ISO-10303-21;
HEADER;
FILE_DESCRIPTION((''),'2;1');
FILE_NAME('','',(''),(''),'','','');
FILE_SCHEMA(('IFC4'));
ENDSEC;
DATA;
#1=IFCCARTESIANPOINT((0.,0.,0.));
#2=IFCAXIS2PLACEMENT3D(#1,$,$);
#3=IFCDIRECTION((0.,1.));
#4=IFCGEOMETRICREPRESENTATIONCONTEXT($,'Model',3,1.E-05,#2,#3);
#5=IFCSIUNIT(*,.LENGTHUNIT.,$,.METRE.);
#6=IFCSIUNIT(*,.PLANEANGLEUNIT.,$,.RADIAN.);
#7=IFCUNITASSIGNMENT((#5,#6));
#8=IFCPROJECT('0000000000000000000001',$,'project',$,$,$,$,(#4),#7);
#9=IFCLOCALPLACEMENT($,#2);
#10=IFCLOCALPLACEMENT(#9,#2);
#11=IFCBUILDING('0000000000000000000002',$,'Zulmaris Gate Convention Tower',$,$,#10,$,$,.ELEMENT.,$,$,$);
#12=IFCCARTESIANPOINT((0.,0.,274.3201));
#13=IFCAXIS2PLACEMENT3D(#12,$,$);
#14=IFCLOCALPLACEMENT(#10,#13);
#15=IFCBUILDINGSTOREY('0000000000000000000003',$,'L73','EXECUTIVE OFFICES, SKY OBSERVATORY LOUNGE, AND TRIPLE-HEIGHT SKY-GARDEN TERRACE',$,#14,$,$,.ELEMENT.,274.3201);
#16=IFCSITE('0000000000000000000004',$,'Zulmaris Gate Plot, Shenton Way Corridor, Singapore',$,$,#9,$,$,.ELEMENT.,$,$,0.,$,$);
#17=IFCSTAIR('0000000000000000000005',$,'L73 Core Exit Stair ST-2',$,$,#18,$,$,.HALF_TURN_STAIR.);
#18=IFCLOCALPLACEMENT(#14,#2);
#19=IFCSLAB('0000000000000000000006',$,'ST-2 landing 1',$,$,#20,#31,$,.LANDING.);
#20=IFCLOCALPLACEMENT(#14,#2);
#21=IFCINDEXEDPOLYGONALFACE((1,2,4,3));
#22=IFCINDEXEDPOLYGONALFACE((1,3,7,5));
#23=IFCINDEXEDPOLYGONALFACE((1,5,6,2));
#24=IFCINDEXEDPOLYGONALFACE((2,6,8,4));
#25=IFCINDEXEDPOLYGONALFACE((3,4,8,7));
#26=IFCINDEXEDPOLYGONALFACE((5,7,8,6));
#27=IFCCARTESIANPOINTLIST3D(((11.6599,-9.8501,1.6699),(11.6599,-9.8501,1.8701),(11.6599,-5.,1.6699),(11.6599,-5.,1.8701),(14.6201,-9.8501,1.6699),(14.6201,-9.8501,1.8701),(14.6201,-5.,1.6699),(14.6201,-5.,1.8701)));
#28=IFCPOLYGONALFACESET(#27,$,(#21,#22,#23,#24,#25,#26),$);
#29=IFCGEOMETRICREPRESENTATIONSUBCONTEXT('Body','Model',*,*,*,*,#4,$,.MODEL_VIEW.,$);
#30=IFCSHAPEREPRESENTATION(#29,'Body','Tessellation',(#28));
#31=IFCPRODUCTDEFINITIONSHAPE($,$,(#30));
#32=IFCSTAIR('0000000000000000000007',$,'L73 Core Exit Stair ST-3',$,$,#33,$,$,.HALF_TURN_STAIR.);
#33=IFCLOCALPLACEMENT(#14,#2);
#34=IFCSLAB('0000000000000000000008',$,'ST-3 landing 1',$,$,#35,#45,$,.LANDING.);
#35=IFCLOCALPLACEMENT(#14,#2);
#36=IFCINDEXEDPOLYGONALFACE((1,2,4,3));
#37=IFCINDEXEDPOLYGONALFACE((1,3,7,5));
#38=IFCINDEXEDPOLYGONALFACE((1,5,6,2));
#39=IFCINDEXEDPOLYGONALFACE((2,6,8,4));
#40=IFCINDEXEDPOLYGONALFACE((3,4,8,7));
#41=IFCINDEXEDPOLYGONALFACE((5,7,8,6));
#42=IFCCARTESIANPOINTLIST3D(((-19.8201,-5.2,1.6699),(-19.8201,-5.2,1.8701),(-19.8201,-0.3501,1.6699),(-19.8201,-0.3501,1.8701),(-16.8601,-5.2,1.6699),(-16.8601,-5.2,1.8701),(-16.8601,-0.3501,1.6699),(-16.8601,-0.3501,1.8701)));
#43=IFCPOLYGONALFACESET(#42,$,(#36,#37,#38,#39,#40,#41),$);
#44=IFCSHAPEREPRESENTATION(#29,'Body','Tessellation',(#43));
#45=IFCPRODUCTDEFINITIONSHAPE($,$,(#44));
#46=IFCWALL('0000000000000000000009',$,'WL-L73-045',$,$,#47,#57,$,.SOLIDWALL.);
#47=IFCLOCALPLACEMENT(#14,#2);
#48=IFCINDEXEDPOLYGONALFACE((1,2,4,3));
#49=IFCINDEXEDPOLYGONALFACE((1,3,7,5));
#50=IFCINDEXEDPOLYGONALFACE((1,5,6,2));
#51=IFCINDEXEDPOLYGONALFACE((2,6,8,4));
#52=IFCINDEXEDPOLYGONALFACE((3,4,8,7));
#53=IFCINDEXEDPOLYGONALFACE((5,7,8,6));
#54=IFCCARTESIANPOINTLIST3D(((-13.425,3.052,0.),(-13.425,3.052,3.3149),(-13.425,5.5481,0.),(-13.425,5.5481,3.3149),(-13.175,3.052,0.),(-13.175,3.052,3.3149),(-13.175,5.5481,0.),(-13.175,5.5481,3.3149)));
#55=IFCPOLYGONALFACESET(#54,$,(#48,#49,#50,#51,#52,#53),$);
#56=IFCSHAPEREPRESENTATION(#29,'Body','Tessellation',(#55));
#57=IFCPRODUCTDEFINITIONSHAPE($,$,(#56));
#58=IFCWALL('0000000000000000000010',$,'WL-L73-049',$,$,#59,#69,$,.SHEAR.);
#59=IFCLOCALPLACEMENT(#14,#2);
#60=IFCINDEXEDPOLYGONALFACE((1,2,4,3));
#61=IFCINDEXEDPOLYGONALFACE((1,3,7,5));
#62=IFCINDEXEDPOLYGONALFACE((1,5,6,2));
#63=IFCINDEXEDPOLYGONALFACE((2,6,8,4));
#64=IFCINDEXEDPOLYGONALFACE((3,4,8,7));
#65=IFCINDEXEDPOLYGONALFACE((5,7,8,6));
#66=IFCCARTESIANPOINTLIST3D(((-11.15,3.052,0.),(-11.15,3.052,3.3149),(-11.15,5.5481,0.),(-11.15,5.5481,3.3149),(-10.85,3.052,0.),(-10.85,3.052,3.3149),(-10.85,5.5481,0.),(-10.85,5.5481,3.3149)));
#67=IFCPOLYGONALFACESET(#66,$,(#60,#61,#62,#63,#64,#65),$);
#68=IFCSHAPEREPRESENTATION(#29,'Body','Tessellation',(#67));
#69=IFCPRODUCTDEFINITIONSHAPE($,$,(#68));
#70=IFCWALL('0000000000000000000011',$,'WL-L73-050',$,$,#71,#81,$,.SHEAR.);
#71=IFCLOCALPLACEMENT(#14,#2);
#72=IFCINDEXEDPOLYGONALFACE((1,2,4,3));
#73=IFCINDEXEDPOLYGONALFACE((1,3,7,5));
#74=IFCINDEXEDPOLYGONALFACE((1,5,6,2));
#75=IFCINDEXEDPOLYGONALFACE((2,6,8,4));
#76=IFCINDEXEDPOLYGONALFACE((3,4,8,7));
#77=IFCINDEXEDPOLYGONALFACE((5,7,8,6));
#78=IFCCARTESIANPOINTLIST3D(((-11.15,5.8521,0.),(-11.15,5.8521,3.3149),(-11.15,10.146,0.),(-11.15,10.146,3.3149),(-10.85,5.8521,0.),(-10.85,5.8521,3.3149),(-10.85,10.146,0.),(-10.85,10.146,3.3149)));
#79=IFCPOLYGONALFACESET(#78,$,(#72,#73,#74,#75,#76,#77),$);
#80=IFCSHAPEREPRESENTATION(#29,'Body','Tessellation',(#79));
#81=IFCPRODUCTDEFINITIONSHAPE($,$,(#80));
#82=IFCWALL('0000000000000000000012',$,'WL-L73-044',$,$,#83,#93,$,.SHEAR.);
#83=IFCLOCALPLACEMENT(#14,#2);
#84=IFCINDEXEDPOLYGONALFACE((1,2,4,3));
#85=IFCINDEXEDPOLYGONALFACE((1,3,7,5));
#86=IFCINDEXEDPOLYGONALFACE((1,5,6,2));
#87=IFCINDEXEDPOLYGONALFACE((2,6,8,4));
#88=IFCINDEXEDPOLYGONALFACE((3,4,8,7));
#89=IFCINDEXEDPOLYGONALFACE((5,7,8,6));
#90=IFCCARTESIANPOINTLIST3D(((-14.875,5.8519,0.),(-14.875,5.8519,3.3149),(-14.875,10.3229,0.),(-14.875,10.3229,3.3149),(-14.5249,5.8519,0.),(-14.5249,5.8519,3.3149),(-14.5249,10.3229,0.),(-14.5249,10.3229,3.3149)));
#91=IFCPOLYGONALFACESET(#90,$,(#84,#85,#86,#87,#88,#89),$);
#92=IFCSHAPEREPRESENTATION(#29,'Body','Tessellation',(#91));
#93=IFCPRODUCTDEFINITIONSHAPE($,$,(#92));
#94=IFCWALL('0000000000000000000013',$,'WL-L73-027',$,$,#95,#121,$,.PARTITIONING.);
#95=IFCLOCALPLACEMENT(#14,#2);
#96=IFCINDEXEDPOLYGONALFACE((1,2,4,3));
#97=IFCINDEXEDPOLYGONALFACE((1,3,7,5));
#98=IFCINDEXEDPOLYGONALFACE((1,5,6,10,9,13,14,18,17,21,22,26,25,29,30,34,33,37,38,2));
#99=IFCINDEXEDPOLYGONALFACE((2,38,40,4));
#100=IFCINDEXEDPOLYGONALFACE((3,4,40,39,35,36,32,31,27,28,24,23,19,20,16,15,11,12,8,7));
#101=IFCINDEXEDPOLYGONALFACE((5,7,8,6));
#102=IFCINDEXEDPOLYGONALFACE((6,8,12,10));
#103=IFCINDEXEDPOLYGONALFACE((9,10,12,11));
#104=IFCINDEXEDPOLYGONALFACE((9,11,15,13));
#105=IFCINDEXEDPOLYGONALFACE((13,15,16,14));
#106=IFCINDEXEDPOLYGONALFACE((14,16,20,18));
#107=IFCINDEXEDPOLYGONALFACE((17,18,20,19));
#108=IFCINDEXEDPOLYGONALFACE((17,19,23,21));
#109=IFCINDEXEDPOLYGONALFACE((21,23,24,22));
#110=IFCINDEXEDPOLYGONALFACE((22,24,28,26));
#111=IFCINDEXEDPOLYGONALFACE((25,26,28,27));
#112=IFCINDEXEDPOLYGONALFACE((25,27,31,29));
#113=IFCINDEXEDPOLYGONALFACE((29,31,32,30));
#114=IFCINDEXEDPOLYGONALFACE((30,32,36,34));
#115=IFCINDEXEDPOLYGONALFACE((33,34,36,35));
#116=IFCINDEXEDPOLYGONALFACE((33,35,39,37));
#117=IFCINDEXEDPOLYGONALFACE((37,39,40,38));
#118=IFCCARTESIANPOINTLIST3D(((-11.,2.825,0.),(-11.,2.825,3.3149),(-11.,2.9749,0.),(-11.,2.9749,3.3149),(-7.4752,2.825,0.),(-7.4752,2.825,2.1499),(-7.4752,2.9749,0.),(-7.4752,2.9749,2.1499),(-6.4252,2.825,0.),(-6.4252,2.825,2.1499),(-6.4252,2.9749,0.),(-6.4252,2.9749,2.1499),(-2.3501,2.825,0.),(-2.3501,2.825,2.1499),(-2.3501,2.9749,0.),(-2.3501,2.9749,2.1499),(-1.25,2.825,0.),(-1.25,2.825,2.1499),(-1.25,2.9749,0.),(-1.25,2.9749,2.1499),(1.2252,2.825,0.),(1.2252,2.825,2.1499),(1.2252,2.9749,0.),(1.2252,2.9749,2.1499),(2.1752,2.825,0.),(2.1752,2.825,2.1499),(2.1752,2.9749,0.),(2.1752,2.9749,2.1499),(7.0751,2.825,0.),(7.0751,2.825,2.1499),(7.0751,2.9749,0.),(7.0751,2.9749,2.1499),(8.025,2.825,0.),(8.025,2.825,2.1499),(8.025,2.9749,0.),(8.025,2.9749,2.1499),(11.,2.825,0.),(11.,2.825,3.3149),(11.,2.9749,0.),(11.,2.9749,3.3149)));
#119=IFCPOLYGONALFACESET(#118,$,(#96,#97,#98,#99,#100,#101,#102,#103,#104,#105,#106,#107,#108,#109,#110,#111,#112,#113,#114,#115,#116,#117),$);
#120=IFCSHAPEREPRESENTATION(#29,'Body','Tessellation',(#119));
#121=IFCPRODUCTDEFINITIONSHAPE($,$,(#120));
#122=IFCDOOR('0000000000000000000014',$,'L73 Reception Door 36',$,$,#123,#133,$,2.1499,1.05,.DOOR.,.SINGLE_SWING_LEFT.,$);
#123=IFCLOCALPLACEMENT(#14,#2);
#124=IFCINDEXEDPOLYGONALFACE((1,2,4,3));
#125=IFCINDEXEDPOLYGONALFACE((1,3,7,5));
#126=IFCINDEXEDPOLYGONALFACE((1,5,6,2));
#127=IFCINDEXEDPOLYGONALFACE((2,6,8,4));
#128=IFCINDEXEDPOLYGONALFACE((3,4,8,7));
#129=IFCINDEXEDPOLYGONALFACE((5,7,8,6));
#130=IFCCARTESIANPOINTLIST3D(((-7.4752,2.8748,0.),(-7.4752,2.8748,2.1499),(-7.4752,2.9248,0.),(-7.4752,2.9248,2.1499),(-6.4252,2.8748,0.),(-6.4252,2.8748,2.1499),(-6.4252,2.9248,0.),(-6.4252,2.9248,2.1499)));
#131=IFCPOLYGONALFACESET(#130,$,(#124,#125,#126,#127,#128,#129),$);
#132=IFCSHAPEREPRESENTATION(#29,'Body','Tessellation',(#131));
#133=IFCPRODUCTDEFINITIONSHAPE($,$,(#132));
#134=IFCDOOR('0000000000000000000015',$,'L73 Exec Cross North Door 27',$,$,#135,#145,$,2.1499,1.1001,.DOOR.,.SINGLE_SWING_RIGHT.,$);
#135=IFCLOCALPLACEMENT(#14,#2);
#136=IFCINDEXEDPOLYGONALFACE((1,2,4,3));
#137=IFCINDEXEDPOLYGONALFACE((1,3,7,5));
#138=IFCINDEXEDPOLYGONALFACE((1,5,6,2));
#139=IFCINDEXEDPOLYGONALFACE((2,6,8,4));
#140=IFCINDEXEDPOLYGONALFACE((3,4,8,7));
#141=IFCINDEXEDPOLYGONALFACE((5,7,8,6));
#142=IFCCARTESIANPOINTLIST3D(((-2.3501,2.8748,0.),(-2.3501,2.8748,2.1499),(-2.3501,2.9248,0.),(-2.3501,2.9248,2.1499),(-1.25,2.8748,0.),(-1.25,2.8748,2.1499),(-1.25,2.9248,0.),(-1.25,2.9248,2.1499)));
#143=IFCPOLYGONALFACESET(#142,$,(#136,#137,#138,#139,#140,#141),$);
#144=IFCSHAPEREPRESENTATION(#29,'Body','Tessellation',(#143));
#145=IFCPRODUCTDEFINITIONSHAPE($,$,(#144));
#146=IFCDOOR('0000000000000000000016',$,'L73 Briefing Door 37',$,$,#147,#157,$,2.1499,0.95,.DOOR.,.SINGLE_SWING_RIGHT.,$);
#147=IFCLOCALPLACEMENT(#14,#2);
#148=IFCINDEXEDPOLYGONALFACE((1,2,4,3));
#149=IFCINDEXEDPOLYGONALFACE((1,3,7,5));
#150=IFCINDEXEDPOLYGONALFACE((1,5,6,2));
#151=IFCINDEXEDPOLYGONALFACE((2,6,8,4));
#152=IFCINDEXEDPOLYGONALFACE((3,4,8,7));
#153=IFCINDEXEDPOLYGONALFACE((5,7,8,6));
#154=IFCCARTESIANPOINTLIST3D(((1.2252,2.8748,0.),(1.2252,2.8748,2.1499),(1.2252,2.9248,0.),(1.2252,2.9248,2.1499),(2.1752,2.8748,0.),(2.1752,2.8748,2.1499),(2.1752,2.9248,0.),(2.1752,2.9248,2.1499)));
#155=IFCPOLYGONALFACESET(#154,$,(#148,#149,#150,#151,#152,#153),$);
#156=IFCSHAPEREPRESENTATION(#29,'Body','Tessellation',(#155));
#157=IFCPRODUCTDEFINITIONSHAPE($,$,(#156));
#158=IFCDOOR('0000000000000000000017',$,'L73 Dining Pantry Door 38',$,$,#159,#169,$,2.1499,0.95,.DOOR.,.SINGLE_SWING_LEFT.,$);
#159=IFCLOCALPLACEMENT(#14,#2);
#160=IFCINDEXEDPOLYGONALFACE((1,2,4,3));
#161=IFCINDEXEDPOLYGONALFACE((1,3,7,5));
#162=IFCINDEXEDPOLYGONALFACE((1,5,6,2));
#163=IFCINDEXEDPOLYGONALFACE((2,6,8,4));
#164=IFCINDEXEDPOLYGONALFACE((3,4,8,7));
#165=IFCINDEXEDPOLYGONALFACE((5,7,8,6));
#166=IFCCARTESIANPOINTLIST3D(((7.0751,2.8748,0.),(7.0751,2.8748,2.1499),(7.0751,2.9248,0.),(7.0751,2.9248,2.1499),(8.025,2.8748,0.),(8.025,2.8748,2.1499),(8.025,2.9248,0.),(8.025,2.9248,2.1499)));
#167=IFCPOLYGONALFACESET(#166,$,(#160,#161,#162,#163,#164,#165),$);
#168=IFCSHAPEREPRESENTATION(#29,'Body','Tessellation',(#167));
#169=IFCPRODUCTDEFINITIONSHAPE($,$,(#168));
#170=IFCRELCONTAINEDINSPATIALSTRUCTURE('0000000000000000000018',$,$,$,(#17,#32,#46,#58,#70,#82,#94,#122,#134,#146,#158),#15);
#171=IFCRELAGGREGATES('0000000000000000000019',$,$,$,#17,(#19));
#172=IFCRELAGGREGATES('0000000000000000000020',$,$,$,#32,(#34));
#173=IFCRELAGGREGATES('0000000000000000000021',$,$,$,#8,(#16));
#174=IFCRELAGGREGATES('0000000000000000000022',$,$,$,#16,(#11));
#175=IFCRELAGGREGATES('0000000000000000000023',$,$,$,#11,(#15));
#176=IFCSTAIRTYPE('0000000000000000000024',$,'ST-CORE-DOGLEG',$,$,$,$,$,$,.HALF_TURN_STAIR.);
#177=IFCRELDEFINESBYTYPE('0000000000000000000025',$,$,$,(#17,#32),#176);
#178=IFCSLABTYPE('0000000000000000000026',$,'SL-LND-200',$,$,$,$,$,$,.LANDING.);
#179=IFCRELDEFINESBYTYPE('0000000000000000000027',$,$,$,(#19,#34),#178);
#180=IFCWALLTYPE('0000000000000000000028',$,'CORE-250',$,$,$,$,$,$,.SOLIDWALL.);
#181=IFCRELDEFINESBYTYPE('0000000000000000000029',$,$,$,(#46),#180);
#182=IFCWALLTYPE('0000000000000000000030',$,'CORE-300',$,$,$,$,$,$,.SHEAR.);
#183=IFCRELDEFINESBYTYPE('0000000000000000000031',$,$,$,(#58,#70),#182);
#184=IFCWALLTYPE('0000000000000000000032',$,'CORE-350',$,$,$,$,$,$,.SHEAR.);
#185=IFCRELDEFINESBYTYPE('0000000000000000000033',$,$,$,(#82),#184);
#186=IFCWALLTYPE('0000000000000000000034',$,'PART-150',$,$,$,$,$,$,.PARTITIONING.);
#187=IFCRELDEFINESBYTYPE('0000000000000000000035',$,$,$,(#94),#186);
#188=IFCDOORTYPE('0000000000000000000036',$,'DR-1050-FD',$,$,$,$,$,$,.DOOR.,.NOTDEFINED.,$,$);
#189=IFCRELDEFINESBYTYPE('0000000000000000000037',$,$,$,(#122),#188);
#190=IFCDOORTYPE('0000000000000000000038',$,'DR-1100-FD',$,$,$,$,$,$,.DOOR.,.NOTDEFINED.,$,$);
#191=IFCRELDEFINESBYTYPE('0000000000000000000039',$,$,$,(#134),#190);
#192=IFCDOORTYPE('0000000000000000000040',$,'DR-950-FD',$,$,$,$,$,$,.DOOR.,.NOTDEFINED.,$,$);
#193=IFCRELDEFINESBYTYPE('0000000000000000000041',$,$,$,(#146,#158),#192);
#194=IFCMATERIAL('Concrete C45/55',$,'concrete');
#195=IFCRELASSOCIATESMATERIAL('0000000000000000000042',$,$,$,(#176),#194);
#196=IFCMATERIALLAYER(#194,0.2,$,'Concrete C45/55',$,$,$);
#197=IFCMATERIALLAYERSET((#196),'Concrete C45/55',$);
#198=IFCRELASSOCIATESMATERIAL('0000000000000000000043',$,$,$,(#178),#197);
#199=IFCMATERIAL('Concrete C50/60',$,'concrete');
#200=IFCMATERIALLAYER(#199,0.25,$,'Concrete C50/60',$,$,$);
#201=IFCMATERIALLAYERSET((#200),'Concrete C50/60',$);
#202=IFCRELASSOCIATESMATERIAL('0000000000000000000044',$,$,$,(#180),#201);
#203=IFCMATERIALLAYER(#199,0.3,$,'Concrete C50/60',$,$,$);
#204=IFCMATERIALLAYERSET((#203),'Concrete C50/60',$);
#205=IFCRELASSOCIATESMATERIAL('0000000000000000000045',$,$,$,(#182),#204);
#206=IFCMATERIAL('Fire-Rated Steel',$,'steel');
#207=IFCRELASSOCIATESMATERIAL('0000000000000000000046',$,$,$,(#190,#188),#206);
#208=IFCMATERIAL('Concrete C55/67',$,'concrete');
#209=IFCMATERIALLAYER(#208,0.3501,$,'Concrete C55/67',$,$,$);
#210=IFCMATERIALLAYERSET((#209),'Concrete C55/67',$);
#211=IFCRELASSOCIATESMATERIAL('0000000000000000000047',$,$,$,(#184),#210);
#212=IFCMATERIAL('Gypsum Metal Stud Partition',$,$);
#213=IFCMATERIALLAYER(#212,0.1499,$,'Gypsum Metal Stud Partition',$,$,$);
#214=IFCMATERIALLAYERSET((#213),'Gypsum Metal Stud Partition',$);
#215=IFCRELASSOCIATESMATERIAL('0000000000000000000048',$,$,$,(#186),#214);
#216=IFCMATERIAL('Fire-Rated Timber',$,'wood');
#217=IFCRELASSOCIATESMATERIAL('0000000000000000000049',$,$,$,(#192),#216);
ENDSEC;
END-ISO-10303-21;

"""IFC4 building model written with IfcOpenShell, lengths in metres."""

from ifc_helpers import new_model, si_unit, direction, frame, frame_2d, origin, place, context, subcontext, project, spatial, polyline, rectangle, outline, extrude, material, layer, layer_set, type_object, element, fill, aggregate, save


model = new_model("IFC4")

# Units and contexts
model_context = context("Model", 3, precision=1e-05, world=origin(), true_north=direction((0.0, 1.0)))
body_context = subcontext(model_context, "Body", "Model", "MODEL_VIEW")
ifc_project = project(units=[si_unit("LENGTHUNIT", "METRE"), si_unit("PLANEANGLEUNIT", "RADIAN")], contexts=[model_context])

# Site, building, storey
site_placement = place(None, origin())
site = spatial("IfcSite", under=ifc_project, at=site_placement, Name="Zulmaris Gate Plot, Shenton Way Corridor, Singapore", CompositionType="ELEMENT", RefElevation=0.0)
building_placement = place(site_placement, origin())
building = spatial("IfcBuilding", under=site, at=building_placement, Name="Zulmaris Gate Convention Tower", CompositionType="ELEMENT")
storey_placement = place(building_placement, frame((0.0, 0.0, 274.3201)))
storey = spatial("IfcBuildingStorey", under=building, at=storey_placement, Name="L73", Description="EXECUTIVE OFFICES, SKY OBSERVATORY LOUNGE, AND TRIPLE-HEIGHT SKY-GARDEN TERRACE", CompositionType="ELEMENT", Elevation=274.3201)

# Shared definitions
ifc_material_1 = material(Name="Concrete C50/60", Category="concrete")

# Stairs, slabs
ifc_material_2 = material(Name="Concrete C45/55", Category="concrete")
stair_type = type_object("IfcStairType", Name="ST-CORE-DOGLEG", PredefinedType="HALF_TURN_STAIR", material=ifc_material_2)
ifc_layer_1 = layer(ifc_material_2, 0.2, Name="Concrete C45/55")
ifc_layer_set_1 = layer_set([ifc_layer_1], Name="Concrete C45/55")
slab_type_1 = type_object("IfcSlabType", Name="SL-LND-200", PredefinedType="LANDING", material=ifc_layer_set_1)
stair_1_placement = place(storey_placement, origin())
stair_1 = element("IfcStair", 1, at=stair_1_placement, inside=storey, type_object=stair_type, Name="L73 Core Exit Stair ST-2", PredefinedType="HALF_TURN_STAIR")
slab_1_placement = place(storey_placement, frame((0.0, 0.0, 1.6699)))
slab_1 = element("IfcSlab", 2, at=slab_1_placement, type_object=slab_type_1, Name="ST-2 landing 1", PredefinedType="LANDING", context=body_context, shape_type="SweptSolid", body=[
    extrude(outline(polyline([(11.6599, -5.0), (11.6599, -9.8501), (14.6201, -9.8501), (14.6201, -5.0), (11.6599, -5.0)])), origin(), (0.0, 0.0, 1.0), 0.2002),
])
aggregate(stair_1, [slab_1])
stair_2_placement = place(storey_placement, origin())
stair_2 = element("IfcStair", 3, at=stair_2_placement, inside=storey, type_object=stair_type, Name="L73 Core Exit Stair ST-3", PredefinedType="HALF_TURN_STAIR")
slab_2_placement = place(storey_placement, frame((0.0, 0.0, 1.6699)))
slab_2 = element("IfcSlab", 4, at=slab_2_placement, type_object=slab_type_1, Name="ST-3 landing 1", PredefinedType="LANDING", context=body_context, shape_type="SweptSolid", body=[
    extrude(outline(polyline([(-16.8601, -5.2), (-16.8601, -0.3501), (-19.8201, -0.3501), (-19.8201, -5.2), (-16.8601, -5.2)])), origin(), (0.0, 0.0, 1.0), 0.2002),
])
aggregate(stair_2, [slab_2])

# Wall
ifc_layer_2 = layer(ifc_material_1, 0.25, Name="Concrete C50/60")
ifc_layer_set_2 = layer_set([ifc_layer_2], Name="Concrete C50/60")
wall_type_1 = type_object("IfcWallType", Name="CORE-250", PredefinedType="SOLIDWALL", material=ifc_layer_set_2)
wall_1_placement = place(storey_placement, frame((-13.3, 3.052, 0.0), z_axis=(0.0, 0.0, 1.0), x_axis=(0.0, 1.0, 0.0)))
element("IfcWall", 5, at=wall_1_placement, inside=storey, type_object=wall_type_1, Name="WL-L73-045", PredefinedType="SOLIDWALL", context=body_context, shape_type="SweptSolid", body=[
    extrude(rectangle(XDim=2.4961, YDim=0.25, at=frame_2d((1.248, 0.0))), origin(), (0.0, 0.0, 1.0), 3.3149),
])

# Shared definitions
ifc_layer_3 = layer(ifc_material_1, 0.3, Name="Concrete C50/60")
ifc_layer_set_3 = layer_set([ifc_layer_3], Name="Concrete C50/60")
wall_type_2 = type_object("IfcWallType", Name="CORE-300", PredefinedType="SHEAR", material=ifc_layer_set_3)
ifc_material_3 = material(Name="Fire-Rated Steel", Category="steel")
door_type_1 = type_object("IfcDoorType", Name="DR-1100-FD", OperationType="NOTDEFINED", PredefinedType="DOOR", material=ifc_material_3)

# Walls
wall_2_placement = place(storey_placement, frame((-11.0, 3.052, 0.0), z_axis=(0.0, 0.0, 1.0), x_axis=(0.0, 1.0, 0.0)))
element("IfcWall", 6, at=wall_2_placement, inside=storey, type_object=wall_type_2, Name="WL-L73-049", PredefinedType="SHEAR", context=body_context, shape_type="SweptSolid", body=[
    extrude(rectangle(XDim=2.4961, YDim=0.3, at=frame_2d((1.248, 0.0))), origin(), (0.0, 0.0, 1.0), 3.3149),
])
wall_3_placement = place(storey_placement, frame((-11.0, 5.8521, 0.0), z_axis=(0.0, 0.0, 1.0), x_axis=(0.0, 1.0, 0.0)))
element("IfcWall", 7, at=wall_3_placement, inside=storey, type_object=wall_type_2, Name="WL-L73-050", PredefinedType="SHEAR", context=body_context, shape_type="SweptSolid", body=[
    extrude(rectangle(XDim=4.2939, YDim=0.3, at=frame_2d((2.147, 0.0))), origin(), (0.0, 0.0, 1.0), 3.3149),
])
ifc_material_4 = material(Name="Concrete C55/67", Category="concrete")
ifc_layer_4 = layer(ifc_material_4, 0.3501, Name="Concrete C55/67")
ifc_layer_set_4 = layer_set([ifc_layer_4], Name="Concrete C55/67")
wall_type_3 = type_object("IfcWallType", Name="CORE-350", PredefinedType="SHEAR", material=ifc_layer_set_4)
wall_4_placement = place(storey_placement, frame((-14.7, 5.8521, 0.0), z_axis=(0.0, 0.0, 1.0), x_axis=(0.0, 1.0, 0.0)))
element("IfcWall", 8, at=wall_4_placement, inside=storey, type_object=wall_type_3, Name="WL-L73-044", PredefinedType="SHEAR", context=body_context, shape_type="SweptSolid", body=[
    extrude(rectangle(XDim=4.4709, YDim=0.3501, at=frame_2d((2.2354, 0.0))), origin(), (0.0, 0.0, 1.0), 3.3149),
])

# Wall, openings, doors
ifc_material_5 = material(Name="Gypsum Metal Stud Partition")
ifc_layer_5 = layer(ifc_material_5, 0.1499, Name="Gypsum Metal Stud Partition")
ifc_layer_set_5 = layer_set([ifc_layer_5], Name="Gypsum Metal Stud Partition")
wall_type_4 = type_object("IfcWallType", Name="PART-150", PredefinedType="PARTITIONING", material=ifc_layer_set_5)
wall_5_placement = place(storey_placement, frame((-11.0, 2.8999, 0.0), z_axis=(0.0, 0.0, 1.0), x_axis=(1.0, 0.0, 0.0)))
wall_5 = element("IfcWall", 9, at=wall_5_placement, inside=storey, type_object=wall_type_4, Name="WL-L73-027", PredefinedType="PARTITIONING", context=body_context, shape_type="SweptSolid", body=[
    extrude(rectangle(XDim=22.0, YDim=0.1499, at=frame_2d((11.0, 0.0))), origin(), (0.0, 0.0, 1.0), 3.3149),
])
opening_1_placement = place(wall_5_placement, frame((8.6499, 0.0, 0.0)))
opening_1 = element("IfcOpeningElement", 10, at=opening_1_placement, cuts=wall_5, PredefinedType="OPENING", context=body_context, shape_type="SweptSolid", body=[
    extrude(rectangle(XDim=1.1001, YDim=2.1499, at=frame_2d((0.55, 1.075))), frame((0.0, 0.085, 0.0), z_axis=(0.0, -1.0, 0.0), x_axis=(1.0, 0.0, 0.0)), (0.0, 0.0, 1.0), 0.1699),
])
opening_2_placement = place(wall_5_placement, frame((3.5249, 0.0, 0.0)))
opening_2 = element("IfcOpeningElement", 11, at=opening_2_placement, cuts=wall_5, PredefinedType="OPENING", context=body_context, shape_type="SweptSolid", body=[
    extrude(rectangle(XDim=1.05, YDim=2.1499, at=frame_2d((0.5249, 1.075))), frame((0.0, 0.085, 0.0), z_axis=(0.0, -1.0, 0.0), x_axis=(1.0, 0.0, 0.0)), (0.0, 0.0, 1.0), 0.1699),
])
opening_3_placement = place(wall_5_placement, frame((12.2251, 0.0, 0.0)))
opening_3 = element("IfcOpeningElement", 12, at=opening_3_placement, cuts=wall_5, PredefinedType="OPENING", context=body_context, shape_type="SweptSolid", body=[
    extrude(rectangle(XDim=0.95, YDim=2.1499, at=frame_2d((0.4751, 1.075))), frame((0.0, 0.085, 0.0), z_axis=(0.0, -1.0, 0.0), x_axis=(1.0, 0.0, 0.0)), (0.0, 0.0, 1.0), 0.1699),
])
opening_4_placement = place(wall_5_placement, frame((18.075, 0.0, 0.0)))
opening_4 = element("IfcOpeningElement", 13, at=opening_4_placement, cuts=wall_5, PredefinedType="OPENING", context=body_context, shape_type="SweptSolid", body=[
    extrude(rectangle(XDim=0.95, YDim=2.1499, at=frame_2d((0.4751, 1.075))), frame((0.0, 0.085, 0.0), z_axis=(0.0, -1.0, 0.0), x_axis=(1.0, 0.0, 0.0)), (0.0, 0.0, 1.0), 0.1699),
])
door_type_2 = type_object("IfcDoorType", Name="DR-1050-FD", OperationType="NOTDEFINED", PredefinedType="DOOR", material=ifc_material_3)
door_1_placement = place(opening_2_placement, origin())
door_1 = element("IfcDoor", 14, at=door_1_placement, inside=storey, type_object=door_type_2, Name="L73 Reception Door 36", OperationType="SINGLE_SWING_LEFT", OverallHeight=2.1499, OverallWidth=1.05, PredefinedType="DOOR", context=body_context, shape_type="SweptSolid", body=[
    extrude(rectangle(XDim=1.05, YDim=2.1499, at=frame_2d((0.5249, 1.075))), frame((0.0, 0.0249, 0.0), z_axis=(0.0, -1.0, 0.0), x_axis=(1.0, 0.0, 0.0)), (0.0, 0.0, 1.0), 0.05),
])
fill(opening_2, door_1)
door_2_placement = place(opening_1_placement, origin())
door_2 = element("IfcDoor", 15, at=door_2_placement, inside=storey, type_object=door_type_1, Name="L73 Exec Cross North Door 27", OperationType="SINGLE_SWING_RIGHT", OverallHeight=2.1499, OverallWidth=1.1001, PredefinedType="DOOR", context=body_context, shape_type="SweptSolid", body=[
    extrude(rectangle(XDim=1.1001, YDim=2.1499, at=frame_2d((0.55, 1.075))), frame((0.0, 0.0249, 0.0), z_axis=(0.0, -1.0, 0.0), x_axis=(1.0, 0.0, 0.0)), (0.0, 0.0, 1.0), 0.05),
])
fill(opening_1, door_2)
ifc_material_6 = material(Name="Fire-Rated Timber", Category="wood")
door_type_3 = type_object("IfcDoorType", Name="DR-950-FD", OperationType="NOTDEFINED", PredefinedType="DOOR", material=ifc_material_6)
door_3_placement = place(opening_3_placement, origin())
door_3 = element("IfcDoor", 16, at=door_3_placement, inside=storey, type_object=door_type_3, Name="L73 Briefing Door 37", OperationType="SINGLE_SWING_RIGHT", OverallHeight=2.1499, OverallWidth=0.95, PredefinedType="DOOR", context=body_context, shape_type="SweptSolid", body=[
    extrude(rectangle(XDim=0.95, YDim=2.1499, at=frame_2d((0.4751, 1.075))), frame((0.0, 0.0249, 0.0), z_axis=(0.0, -1.0, 0.0), x_axis=(1.0, 0.0, 0.0)), (0.0, 0.0, 1.0), 0.05),
])
fill(opening_3, door_3)
door_4_placement = place(opening_4_placement, origin())
door_4 = element("IfcDoor", 17, at=door_4_placement, inside=storey, type_object=door_type_3, Name="L73 Dining Pantry Door 38", OperationType="SINGLE_SWING_LEFT", OverallHeight=2.1499, OverallWidth=0.95, PredefinedType="DOOR", context=body_context, shape_type="SweptSolid", body=[
    extrude(rectangle(XDim=0.95, YDim=2.1499, at=frame_2d((0.4751, 1.075))), frame((0.0, 0.0249, 0.0), z_axis=(0.0, -1.0, 0.0), x_axis=(1.0, 0.0, 0.0)), (0.0, 0.0, 1.0), 0.05),
])
fill(opening_4, door_4)

save(model, "model.ifc")
